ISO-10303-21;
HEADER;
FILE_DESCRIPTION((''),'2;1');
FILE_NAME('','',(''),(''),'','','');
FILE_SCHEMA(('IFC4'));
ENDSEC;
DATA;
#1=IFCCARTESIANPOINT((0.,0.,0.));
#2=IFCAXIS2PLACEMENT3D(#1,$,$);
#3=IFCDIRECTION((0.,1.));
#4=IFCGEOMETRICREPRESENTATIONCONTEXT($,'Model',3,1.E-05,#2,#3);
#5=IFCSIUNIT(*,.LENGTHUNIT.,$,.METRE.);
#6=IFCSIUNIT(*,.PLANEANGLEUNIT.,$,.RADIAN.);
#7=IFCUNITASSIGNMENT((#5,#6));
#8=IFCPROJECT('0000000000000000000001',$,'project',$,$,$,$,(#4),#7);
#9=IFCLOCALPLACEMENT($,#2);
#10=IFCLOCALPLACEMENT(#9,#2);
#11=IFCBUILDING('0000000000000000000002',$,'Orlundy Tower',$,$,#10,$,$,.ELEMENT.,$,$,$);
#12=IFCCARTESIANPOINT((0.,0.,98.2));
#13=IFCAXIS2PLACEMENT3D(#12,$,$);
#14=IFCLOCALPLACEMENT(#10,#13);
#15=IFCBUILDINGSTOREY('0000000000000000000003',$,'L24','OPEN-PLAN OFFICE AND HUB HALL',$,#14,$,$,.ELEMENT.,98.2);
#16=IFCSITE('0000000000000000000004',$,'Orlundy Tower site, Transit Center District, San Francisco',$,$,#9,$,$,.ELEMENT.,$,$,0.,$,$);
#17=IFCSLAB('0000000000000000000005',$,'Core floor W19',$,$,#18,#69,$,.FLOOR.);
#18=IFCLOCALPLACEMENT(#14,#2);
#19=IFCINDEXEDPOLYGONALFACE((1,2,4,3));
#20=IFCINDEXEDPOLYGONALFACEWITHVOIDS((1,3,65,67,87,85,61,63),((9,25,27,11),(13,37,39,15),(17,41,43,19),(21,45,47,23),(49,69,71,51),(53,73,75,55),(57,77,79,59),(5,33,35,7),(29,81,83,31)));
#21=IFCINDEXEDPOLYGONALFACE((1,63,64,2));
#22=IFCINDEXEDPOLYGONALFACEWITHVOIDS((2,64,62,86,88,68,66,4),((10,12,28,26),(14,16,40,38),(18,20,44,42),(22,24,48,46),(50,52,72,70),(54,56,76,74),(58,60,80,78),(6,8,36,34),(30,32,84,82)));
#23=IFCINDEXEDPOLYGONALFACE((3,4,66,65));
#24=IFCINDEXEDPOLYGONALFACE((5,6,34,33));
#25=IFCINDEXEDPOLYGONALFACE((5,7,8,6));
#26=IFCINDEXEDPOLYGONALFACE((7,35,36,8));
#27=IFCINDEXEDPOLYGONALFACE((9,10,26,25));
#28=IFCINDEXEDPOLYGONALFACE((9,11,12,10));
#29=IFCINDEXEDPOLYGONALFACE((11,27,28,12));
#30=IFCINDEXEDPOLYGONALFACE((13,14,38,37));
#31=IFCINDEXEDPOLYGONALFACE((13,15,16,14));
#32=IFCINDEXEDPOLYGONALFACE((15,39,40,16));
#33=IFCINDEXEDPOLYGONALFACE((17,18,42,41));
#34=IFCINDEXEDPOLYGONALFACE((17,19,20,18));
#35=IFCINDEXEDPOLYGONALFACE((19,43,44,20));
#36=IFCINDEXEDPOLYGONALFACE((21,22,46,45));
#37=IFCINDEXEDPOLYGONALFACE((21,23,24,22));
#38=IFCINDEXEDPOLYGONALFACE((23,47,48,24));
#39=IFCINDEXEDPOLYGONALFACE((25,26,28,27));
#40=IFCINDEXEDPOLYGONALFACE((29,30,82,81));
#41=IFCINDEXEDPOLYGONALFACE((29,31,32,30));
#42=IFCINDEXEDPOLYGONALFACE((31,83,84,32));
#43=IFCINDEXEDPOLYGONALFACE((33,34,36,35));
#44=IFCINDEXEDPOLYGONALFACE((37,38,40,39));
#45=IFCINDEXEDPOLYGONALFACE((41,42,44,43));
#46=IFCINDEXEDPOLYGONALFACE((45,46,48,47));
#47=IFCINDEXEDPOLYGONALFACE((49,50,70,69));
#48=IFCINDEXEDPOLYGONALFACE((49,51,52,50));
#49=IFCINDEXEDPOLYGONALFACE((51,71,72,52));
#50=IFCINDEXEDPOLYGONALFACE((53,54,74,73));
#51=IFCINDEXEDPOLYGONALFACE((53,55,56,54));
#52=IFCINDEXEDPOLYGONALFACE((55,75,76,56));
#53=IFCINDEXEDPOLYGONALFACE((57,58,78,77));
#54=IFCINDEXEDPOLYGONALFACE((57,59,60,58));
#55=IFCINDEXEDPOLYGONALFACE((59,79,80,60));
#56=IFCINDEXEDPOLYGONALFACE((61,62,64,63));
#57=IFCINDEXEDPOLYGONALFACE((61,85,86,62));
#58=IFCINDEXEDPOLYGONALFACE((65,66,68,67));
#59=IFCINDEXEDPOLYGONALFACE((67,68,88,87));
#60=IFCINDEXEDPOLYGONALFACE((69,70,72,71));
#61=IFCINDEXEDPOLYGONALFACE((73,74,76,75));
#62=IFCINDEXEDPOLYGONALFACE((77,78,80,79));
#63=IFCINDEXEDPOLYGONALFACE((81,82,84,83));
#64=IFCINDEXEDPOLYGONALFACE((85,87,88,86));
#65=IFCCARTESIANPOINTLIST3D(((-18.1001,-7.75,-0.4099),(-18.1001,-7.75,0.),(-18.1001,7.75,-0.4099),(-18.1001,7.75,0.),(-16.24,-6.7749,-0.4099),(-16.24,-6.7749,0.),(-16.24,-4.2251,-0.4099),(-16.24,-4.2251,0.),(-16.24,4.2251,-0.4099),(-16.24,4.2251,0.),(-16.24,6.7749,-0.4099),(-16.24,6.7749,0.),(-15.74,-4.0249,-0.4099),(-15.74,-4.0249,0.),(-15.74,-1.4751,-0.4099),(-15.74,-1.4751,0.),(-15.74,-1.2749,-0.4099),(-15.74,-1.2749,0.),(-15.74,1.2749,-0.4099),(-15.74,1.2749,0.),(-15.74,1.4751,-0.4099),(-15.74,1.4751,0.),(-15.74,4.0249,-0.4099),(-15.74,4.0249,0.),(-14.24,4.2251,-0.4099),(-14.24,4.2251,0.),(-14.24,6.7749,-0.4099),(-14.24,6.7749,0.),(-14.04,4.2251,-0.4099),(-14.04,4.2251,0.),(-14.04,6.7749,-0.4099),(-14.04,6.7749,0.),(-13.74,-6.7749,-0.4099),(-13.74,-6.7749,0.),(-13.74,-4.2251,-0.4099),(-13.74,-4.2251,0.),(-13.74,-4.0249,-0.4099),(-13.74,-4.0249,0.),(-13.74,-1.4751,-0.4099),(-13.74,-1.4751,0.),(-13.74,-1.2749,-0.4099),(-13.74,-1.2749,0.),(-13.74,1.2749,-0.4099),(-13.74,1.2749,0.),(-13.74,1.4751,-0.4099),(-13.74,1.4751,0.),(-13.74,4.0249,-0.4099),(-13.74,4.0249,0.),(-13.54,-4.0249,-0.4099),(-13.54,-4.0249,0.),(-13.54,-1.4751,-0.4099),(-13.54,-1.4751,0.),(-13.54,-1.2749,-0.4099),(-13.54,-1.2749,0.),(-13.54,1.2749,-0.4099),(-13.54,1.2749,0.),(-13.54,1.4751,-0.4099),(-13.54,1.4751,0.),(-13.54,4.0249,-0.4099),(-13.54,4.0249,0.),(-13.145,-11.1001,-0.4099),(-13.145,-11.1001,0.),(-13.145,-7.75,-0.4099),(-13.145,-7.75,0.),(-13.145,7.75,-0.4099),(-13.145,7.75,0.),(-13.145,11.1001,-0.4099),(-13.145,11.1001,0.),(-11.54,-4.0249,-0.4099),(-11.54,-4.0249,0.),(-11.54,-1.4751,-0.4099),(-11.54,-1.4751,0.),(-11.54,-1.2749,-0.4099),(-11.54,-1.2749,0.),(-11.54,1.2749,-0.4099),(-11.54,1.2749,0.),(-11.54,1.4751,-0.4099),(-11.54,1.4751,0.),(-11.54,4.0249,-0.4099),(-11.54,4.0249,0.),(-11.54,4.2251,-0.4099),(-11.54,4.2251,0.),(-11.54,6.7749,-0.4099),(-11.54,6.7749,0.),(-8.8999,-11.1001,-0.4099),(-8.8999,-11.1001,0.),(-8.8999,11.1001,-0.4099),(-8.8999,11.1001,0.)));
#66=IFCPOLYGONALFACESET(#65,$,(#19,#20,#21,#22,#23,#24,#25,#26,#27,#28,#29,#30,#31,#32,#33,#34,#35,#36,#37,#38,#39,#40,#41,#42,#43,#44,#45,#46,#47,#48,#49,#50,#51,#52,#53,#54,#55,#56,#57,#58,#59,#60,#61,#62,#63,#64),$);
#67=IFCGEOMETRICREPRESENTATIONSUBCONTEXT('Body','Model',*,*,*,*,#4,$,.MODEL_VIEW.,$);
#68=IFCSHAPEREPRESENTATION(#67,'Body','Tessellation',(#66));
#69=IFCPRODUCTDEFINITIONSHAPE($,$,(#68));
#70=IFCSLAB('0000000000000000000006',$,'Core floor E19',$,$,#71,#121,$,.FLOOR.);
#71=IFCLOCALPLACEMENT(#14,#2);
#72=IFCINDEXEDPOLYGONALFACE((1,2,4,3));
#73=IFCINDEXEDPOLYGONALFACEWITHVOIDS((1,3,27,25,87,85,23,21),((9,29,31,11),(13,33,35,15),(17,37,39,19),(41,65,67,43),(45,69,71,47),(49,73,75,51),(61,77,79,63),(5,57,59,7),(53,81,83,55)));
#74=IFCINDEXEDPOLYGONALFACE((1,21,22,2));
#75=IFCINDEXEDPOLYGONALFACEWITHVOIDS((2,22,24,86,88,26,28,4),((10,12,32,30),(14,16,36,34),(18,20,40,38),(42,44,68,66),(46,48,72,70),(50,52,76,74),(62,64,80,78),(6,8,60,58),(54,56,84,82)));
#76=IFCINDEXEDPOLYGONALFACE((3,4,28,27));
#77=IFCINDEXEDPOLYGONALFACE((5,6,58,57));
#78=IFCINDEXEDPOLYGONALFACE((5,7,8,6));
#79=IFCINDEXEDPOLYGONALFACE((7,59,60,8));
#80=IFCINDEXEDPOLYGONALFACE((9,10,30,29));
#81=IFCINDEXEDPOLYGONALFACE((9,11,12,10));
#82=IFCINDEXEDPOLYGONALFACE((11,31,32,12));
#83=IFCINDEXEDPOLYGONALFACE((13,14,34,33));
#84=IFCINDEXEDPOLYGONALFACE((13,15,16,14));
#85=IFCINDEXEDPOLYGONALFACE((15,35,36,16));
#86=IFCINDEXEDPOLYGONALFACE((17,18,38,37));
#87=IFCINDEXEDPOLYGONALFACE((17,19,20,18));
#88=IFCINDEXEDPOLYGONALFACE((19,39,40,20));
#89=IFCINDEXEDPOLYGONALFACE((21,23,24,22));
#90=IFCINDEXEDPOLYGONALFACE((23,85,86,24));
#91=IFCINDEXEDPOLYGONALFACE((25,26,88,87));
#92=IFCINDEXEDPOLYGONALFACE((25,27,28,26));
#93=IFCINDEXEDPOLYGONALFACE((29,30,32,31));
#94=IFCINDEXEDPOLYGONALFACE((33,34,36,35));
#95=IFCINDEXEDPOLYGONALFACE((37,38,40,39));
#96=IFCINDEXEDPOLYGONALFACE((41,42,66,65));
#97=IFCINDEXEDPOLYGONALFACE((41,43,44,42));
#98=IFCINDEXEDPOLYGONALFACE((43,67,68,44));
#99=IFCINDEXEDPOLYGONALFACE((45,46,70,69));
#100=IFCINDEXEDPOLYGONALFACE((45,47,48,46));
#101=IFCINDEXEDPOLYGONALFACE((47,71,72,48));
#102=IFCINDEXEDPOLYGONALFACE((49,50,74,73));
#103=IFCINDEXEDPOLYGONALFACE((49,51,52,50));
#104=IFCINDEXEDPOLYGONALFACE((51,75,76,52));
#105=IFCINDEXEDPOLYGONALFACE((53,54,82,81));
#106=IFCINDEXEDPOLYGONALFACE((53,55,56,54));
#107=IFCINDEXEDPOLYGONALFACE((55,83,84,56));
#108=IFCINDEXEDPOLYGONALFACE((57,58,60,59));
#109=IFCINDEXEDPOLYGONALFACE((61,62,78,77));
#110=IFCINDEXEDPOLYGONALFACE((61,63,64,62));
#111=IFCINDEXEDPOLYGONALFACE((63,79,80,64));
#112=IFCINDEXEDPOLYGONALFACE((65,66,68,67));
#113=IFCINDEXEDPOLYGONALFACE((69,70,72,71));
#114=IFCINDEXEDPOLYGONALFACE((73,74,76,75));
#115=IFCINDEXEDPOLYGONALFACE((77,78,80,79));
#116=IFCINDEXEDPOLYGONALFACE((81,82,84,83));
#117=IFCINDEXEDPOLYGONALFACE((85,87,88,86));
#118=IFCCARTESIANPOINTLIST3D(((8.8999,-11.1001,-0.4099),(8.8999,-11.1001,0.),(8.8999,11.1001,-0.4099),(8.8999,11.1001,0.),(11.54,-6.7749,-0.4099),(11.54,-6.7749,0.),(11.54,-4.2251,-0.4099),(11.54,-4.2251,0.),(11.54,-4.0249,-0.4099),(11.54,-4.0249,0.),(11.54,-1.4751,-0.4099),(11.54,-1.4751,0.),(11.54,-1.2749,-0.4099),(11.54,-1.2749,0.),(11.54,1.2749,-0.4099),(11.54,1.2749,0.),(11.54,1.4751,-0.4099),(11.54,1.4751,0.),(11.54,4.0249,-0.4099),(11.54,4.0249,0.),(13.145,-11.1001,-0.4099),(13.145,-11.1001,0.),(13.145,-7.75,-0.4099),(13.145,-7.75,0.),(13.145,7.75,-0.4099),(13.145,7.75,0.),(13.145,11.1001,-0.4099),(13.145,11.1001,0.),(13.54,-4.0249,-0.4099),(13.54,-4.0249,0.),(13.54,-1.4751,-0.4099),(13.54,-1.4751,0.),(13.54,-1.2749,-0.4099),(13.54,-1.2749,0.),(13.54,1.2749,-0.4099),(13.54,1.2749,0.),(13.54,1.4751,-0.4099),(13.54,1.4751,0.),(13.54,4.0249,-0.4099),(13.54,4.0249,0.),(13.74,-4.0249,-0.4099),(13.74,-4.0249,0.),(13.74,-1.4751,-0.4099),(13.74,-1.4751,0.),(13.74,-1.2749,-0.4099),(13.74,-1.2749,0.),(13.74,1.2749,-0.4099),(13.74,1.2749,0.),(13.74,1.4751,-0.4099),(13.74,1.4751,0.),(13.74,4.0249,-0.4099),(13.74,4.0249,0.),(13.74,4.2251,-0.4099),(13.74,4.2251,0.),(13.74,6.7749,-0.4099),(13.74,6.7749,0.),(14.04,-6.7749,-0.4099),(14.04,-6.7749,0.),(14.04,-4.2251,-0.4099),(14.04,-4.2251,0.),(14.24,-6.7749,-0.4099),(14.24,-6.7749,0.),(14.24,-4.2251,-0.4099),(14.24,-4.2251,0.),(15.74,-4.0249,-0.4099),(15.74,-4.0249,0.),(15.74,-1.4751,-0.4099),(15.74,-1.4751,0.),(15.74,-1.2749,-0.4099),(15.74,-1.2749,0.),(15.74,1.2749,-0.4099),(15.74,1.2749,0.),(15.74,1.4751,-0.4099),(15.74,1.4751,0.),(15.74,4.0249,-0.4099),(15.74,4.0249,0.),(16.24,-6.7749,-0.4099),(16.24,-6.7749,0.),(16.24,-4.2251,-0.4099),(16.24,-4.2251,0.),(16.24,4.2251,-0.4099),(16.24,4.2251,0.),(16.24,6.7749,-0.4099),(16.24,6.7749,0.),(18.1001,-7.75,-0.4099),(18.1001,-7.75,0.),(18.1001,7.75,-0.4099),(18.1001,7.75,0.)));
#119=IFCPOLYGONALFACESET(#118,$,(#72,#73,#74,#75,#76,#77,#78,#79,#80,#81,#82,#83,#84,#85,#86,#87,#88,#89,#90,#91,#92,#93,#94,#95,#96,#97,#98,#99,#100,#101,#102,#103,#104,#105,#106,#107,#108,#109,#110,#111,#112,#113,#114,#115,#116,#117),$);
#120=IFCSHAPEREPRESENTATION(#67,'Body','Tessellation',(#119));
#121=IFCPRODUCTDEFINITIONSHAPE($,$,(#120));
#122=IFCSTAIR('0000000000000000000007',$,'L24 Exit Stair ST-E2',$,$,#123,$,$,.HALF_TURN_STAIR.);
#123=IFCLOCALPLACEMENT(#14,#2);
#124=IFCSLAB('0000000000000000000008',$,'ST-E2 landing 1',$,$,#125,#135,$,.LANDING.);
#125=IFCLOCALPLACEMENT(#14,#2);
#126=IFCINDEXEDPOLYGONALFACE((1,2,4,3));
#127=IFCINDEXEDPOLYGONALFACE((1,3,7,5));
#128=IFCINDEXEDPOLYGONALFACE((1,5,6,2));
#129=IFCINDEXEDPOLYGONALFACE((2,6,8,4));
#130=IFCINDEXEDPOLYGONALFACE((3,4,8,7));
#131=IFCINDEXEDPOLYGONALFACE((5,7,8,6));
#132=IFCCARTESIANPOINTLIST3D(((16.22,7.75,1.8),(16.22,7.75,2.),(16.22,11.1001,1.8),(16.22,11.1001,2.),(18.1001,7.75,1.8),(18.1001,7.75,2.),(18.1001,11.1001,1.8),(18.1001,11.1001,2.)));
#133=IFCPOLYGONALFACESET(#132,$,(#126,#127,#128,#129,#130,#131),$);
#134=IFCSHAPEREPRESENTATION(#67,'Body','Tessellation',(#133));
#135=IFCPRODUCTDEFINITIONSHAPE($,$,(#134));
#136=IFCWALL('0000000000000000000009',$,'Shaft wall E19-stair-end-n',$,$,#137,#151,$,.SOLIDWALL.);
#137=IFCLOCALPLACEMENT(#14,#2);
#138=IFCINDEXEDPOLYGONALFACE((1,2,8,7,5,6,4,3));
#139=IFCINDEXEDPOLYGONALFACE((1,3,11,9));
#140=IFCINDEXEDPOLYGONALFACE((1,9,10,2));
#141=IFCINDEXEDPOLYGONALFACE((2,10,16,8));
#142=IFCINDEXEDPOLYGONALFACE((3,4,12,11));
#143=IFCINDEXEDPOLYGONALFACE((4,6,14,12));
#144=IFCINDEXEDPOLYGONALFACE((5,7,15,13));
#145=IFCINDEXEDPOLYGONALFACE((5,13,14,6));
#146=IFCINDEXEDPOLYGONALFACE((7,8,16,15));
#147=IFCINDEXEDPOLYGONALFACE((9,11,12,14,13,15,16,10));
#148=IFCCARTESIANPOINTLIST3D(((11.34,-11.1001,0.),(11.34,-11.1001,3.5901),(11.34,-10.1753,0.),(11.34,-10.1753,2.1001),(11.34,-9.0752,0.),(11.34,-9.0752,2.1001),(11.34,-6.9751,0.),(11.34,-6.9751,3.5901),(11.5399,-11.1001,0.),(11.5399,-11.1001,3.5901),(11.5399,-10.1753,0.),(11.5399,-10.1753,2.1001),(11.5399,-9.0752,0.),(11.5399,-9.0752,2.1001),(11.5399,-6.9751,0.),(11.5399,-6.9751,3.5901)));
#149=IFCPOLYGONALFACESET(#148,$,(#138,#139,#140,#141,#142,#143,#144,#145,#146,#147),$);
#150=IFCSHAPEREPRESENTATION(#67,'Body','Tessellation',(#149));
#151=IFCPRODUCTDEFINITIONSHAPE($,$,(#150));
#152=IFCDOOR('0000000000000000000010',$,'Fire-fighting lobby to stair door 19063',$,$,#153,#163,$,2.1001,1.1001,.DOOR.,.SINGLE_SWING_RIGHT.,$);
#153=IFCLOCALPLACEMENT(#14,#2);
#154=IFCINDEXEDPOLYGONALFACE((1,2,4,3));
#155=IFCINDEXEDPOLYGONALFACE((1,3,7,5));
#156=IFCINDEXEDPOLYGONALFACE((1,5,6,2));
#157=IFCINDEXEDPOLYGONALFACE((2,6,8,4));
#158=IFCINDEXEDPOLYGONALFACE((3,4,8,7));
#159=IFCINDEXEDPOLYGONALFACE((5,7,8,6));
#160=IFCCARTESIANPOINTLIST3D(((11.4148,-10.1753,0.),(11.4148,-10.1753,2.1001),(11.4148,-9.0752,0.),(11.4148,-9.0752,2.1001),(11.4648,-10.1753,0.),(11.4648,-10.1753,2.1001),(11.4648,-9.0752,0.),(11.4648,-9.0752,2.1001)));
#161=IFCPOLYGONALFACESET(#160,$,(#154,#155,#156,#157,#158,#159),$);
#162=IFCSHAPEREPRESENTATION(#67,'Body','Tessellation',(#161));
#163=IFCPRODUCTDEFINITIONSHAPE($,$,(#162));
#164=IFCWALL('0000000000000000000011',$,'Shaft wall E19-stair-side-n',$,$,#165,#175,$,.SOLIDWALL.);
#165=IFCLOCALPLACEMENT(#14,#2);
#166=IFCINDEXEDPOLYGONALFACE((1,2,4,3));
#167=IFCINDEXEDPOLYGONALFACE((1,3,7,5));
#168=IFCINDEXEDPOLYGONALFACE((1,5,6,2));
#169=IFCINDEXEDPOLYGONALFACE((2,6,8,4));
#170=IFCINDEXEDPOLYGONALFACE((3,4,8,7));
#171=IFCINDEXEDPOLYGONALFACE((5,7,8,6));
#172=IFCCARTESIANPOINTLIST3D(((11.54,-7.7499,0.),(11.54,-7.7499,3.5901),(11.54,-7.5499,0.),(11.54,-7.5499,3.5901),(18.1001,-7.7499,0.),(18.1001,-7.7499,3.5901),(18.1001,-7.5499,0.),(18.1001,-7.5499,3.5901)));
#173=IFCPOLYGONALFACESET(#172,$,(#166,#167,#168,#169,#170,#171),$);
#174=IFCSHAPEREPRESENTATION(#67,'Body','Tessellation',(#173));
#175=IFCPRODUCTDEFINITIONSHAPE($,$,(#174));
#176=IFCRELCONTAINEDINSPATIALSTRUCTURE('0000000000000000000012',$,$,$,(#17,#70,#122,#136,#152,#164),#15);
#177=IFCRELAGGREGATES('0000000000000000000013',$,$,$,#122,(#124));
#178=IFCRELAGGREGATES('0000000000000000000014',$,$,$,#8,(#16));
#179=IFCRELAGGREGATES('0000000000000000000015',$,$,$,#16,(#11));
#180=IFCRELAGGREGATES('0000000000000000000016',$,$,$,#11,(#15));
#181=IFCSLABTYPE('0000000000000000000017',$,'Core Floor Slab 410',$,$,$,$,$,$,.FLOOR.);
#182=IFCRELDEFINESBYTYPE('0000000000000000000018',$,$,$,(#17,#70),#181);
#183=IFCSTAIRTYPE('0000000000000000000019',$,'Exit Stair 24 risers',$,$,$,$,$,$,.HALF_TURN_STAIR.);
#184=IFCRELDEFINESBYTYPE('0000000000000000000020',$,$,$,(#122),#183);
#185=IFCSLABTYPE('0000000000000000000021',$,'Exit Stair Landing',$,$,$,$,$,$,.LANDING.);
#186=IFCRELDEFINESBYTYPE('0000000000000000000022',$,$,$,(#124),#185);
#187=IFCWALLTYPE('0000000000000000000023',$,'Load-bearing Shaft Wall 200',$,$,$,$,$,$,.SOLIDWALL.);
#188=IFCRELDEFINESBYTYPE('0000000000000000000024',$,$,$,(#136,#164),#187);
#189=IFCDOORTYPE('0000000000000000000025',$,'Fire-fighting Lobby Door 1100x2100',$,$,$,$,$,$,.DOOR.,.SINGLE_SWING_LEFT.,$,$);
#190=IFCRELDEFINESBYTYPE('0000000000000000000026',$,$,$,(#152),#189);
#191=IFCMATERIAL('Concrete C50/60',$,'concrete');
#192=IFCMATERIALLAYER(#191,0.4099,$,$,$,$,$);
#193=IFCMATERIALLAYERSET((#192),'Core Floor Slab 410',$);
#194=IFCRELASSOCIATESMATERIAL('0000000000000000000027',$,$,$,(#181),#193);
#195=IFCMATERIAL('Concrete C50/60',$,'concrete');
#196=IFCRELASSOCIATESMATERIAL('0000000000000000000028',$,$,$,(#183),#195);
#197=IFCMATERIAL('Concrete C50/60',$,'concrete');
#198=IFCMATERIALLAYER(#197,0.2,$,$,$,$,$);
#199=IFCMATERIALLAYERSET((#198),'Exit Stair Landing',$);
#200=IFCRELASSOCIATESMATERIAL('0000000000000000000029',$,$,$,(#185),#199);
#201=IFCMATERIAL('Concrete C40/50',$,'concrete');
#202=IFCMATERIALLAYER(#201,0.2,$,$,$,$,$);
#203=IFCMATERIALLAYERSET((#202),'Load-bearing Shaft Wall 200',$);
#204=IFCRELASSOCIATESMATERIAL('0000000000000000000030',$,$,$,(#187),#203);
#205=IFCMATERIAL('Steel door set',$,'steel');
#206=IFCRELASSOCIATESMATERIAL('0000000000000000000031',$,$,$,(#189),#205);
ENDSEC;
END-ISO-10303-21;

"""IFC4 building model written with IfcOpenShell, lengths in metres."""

from ifc_helpers import new_model, si_unit, direction, frame, frame_2d, origin, place, context, subcontext, project, spatial, polyline, rectangle, outline, extrude, material, layer, layer_set, type_object, element, fill, aggregate, save


model = new_model("IFC4")

# Units and contexts
model_context = context("Model", 3, precision=1e-05, world=origin(), true_north=direction((0.0, 1.0)))
body_context = subcontext(model_context, "Body", "Model", "MODEL_VIEW")
ifc_project = project(units=[si_unit("LENGTHUNIT", "METRE"), si_unit("PLANEANGLEUNIT", "RADIAN")], contexts=[model_context])

# Site, building, storey
site_placement = place(None, origin())
site = spatial("IfcSite", under=ifc_project, at=site_placement, Name="Orlundy Tower site, Transit Center District, San Francisco", CompositionType="ELEMENT", RefElevation=0.0)
building_placement = place(site_placement, origin())
building = spatial("IfcBuilding", under=site, at=building_placement, Name="Orlundy Tower", CompositionType="ELEMENT")
storey_placement = place(building_placement, frame((0.0, 0.0, 98.2)))
storey = spatial("IfcBuildingStorey", under=building, at=storey_placement, Name="L24", Description="OPEN-PLAN OFFICE AND HUB HALL", CompositionType="ELEMENT", Elevation=98.2)

# Slabs
ifc_material_1 = material(Name="Concrete C50/60", Category="concrete")
ifc_layer_1 = layer(ifc_material_1, 0.4099)
ifc_layer_set_1 = layer_set([ifc_layer_1], Name="Core Floor Slab 410")
slab_type_1 = type_object("IfcSlabType", Name="Core Floor Slab 410", PredefinedType="FLOOR", material=ifc_layer_set_1)
slab_1_placement = place(storey_placement, frame((0.0, 0.0, -0.4099)))
element("IfcSlab", 1, at=slab_1_placement, inside=storey, type_object=slab_type_1, Name="Core floor W19", PredefinedType="FLOOR", context=body_context, shape_type="SweptSolid", body=[
    extrude(outline(polyline([(-13.145, 7.75), (-13.145, 11.1001), (-8.8999, 11.1001), (-8.8999, -11.1001), (-13.145, -11.1001), (-13.145, -7.75), (-18.1001, -7.75), (-18.1001, 7.75), (-13.145, 7.75)]), holes=[polyline([(-16.24, -6.7749), (-13.74, -6.7749), (-13.74, -4.2251), (-16.24, -4.2251), (-16.24, -6.7749)]), polyline([(-13.54, -1.4751), (-13.54, -4.0249), (-11.54, -4.0249), (-11.54, -1.4751), (-13.54, -1.4751)]), polyline([(-13.74, -1.4751), (-15.74, -1.4751), (-15.74, -4.0249), (-13.74, -4.0249), (-13.74, -1.4751)]), polyline([(-11.54, -1.2749), (-11.54, 1.2749), (-13.54, 1.2749), (-13.54, -1.2749), (-11.54, -1.2749)]), polyline([(-15.74, -1.2749), (-13.74, -1.2749), (-13.74, 1.2749), (-15.74, 1.2749), (-15.74, -1.2749)]), polyline([(-13.54, 4.0249), (-13.54, 1.4751), (-11.54, 1.4751), (-11.54, 4.0249), (-13.54, 4.0249)]), polyline([(-13.74, 4.0249), (-15.74, 4.0249), (-15.74, 1.4751), (-13.74, 1.4751), (-13.74, 4.0249)]), polyline([(-11.54, 4.2251), (-11.54, 6.7749), (-14.04, 6.7749), (-14.04, 4.2251), (-11.54, 4.2251)]), polyline([(-16.24, 4.2251), (-14.24, 4.2251), (-14.24, 6.7749), (-16.24, 6.7749), (-16.24, 4.2251)])]), origin(), (0.0, 0.0, 1.0), 0.4099),
])
slab_2_placement = place(storey_placement, frame((0.0, 0.0, -0.4099)))
element("IfcSlab", 2, at=slab_2_placement, inside=storey, type_object=slab_type_1, Name="Core floor E19", PredefinedType="FLOOR", context=body_context, shape_type="SweptSolid", body=[
    extrude(outline(polyline([(13.145, -7.75), (13.145, -11.1001), (8.8999, -11.1001), (8.8999, 11.1001), (13.145, 11.1001), (13.145, 7.75), (18.1001, 7.75), (18.1001, -7.75), (13.145, -7.75)]), holes=[polyline([(16.24, 6.7749), (13.74, 6.7749), (13.74, 4.2251), (16.24, 4.2251), (16.24, 6.7749)]), polyline([(13.54, 1.4751), (13.54, 4.0249), (11.54, 4.0249), (11.54, 1.4751), (13.54, 1.4751)]), polyline([(13.74, 1.4751), (15.74, 1.4751), (15.74, 4.0249), (13.74, 4.0249), (13.74, 1.4751)]), polyline([(11.54, 1.2749), (11.54, -1.2749), (13.54, -1.2749), (13.54, 1.2749), (11.54, 1.2749)]), polyline([(15.74, 1.2749), (13.74, 1.2749), (13.74, -1.2749), (15.74, -1.2749), (15.74, 1.2749)]), polyline([(13.54, -4.0249), (13.54, -1.4751), (11.54, -1.4751), (11.54, -4.0249), (13.54, -4.0249)]), polyline([(13.74, -4.0249), (15.74, -4.0249), (15.74, -1.4751), (13.74, -1.4751), (13.74, -4.0249)]), polyline([(11.54, -4.2251), (11.54, -6.7749), (14.04, -6.7749), (14.04, -4.2251), (11.54, -4.2251)]), polyline([(16.24, -4.2251), (14.24, -4.2251), (14.24, -6.7749), (16.24, -6.7749), (16.24, -4.2251)])]), origin(), (0.0, 0.0, 1.0), 0.4099),
])

# Stair, slab
ifc_material_2 = material(Name="Concrete C50/60", Category="concrete")
stair_type = type_object("IfcStairType", Name="Exit Stair 24 risers", PredefinedType="HALF_TURN_STAIR", material=ifc_material_2)
stair_placement = place(storey_placement, origin())
stair = element("IfcStair", 3, at=stair_placement, inside=storey, type_object=stair_type, Name="L24 Exit Stair ST-E2", PredefinedType="HALF_TURN_STAIR")
ifc_material_3 = material(Name="Concrete C50/60", Category="concrete")
ifc_layer_2 = layer(ifc_material_3, 0.2)
ifc_layer_set_2 = layer_set([ifc_layer_2], Name="Exit Stair Landing")
slab_type_2 = type_object("IfcSlabType", Name="Exit Stair Landing", PredefinedType="LANDING", material=ifc_layer_set_2)
slab_3_placement = place(storey_placement, frame((0.0, 0.0, 1.8)))
slab_3 = element("IfcSlab", 4, at=slab_3_placement, type_object=slab_type_2, Name="ST-E2 landing 1", PredefinedType="LANDING", context=body_context, shape_type="SweptSolid", body=[
    extrude(outline(polyline([(16.22, 7.75), (18.1001, 7.75), (18.1001, 11.1001), (16.22, 11.1001), (16.22, 7.75)])), origin(), (0.0, 0.0, 1.0), 0.2),
])
aggregate(stair, [slab_3])

# Wall, opening, door
ifc_material_4 = material(Name="Concrete C40/50", Category="concrete")
ifc_layer_3 = layer(ifc_material_4, 0.2)
ifc_layer_set_3 = layer_set([ifc_layer_3], Name="Load-bearing Shaft Wall 200")
wall_type_1 = type_object("IfcWallType", Name="Load-bearing Shaft Wall 200", PredefinedType="SOLIDWALL", material=ifc_layer_set_3)
wall_1_placement = place(storey_placement, frame((11.4399, -6.9751, 0.0), z_axis=(0.0, 0.0, 1.0), x_axis=(0.0, -1.0, 0.0)))
wall_1 = element("IfcWall", 5, at=wall_1_placement, inside=storey, type_object=wall_type_1, Name="Shaft wall E19-stair-end-n", PredefinedType="SOLIDWALL", context=body_context, shape_type="SweptSolid", body=[
    extrude(rectangle(XDim=4.125, YDim=0.2, at=frame_2d((2.0625, 0.0))), origin(), (0.0, 0.0, 1.0), 3.5901),
])
opening_1_placement = place(wall_1_placement, frame((2.1001, 0.0, 0.0)))
opening_1 = element("IfcOpeningElement", 6, at=opening_1_placement, cuts=wall_1, PredefinedType="OPENING", context=body_context, shape_type="SweptSolid", body=[
    extrude(rectangle(XDim=1.1001, YDim=2.1001, at=frame_2d((0.55, 1.05))), frame((0.0, 0.1101, 0.0), z_axis=(0.0, -1.0, 0.0), x_axis=(1.0, 0.0, 0.0)), (0.0, 0.0, 1.0), 0.2202),
])
ifc_material_5 = material(Name="Steel door set", Category="steel")
door_type_1 = type_object("IfcDoorType", Name="Fire-fighting Lobby Door 1100x2100", OperationType="SINGLE_SWING_LEFT", PredefinedType="DOOR", material=ifc_material_5)
door_1_placement = place(opening_1_placement, origin())
door_1 = element("IfcDoor", 7, at=door_1_placement, inside=storey, type_object=door_type_1, Name="Fire-fighting lobby to stair door 19063", OperationType="SINGLE_SWING_RIGHT", OverallHeight=2.1001, OverallWidth=1.1001, PredefinedType="DOOR", context=body_context, shape_type="SweptSolid", body=[
    extrude(rectangle(XDim=1.1001, YDim=2.1001, at=frame_2d((0.55, 1.05))), frame((0.0, 0.0249, 0.0), z_axis=(0.0, -1.0, 0.0), x_axis=(1.0, 0.0, 0.0)), (0.0, 0.0, 1.0), 0.05),
])
fill(opening_1, door_1)

# Wall
wall_2_placement = place(storey_placement, frame((11.54, -7.6499, 0.0), z_axis=(0.0, 0.0, 1.0), x_axis=(1.0, 0.0, 0.0)))
element("IfcWall", 8, at=wall_2_placement, inside=storey, type_object=wall_type_1, Name="Shaft wall E19-stair-side-n", PredefinedType="SOLIDWALL", context=body_context, shape_type="SweptSolid", body=[
    extrude(rectangle(XDim=6.5601, YDim=0.2, at=frame_2d((3.28, 0.0))), origin(), (0.0, 0.0, 1.0), 3.5901),
])

save(model, "model.ifc")
